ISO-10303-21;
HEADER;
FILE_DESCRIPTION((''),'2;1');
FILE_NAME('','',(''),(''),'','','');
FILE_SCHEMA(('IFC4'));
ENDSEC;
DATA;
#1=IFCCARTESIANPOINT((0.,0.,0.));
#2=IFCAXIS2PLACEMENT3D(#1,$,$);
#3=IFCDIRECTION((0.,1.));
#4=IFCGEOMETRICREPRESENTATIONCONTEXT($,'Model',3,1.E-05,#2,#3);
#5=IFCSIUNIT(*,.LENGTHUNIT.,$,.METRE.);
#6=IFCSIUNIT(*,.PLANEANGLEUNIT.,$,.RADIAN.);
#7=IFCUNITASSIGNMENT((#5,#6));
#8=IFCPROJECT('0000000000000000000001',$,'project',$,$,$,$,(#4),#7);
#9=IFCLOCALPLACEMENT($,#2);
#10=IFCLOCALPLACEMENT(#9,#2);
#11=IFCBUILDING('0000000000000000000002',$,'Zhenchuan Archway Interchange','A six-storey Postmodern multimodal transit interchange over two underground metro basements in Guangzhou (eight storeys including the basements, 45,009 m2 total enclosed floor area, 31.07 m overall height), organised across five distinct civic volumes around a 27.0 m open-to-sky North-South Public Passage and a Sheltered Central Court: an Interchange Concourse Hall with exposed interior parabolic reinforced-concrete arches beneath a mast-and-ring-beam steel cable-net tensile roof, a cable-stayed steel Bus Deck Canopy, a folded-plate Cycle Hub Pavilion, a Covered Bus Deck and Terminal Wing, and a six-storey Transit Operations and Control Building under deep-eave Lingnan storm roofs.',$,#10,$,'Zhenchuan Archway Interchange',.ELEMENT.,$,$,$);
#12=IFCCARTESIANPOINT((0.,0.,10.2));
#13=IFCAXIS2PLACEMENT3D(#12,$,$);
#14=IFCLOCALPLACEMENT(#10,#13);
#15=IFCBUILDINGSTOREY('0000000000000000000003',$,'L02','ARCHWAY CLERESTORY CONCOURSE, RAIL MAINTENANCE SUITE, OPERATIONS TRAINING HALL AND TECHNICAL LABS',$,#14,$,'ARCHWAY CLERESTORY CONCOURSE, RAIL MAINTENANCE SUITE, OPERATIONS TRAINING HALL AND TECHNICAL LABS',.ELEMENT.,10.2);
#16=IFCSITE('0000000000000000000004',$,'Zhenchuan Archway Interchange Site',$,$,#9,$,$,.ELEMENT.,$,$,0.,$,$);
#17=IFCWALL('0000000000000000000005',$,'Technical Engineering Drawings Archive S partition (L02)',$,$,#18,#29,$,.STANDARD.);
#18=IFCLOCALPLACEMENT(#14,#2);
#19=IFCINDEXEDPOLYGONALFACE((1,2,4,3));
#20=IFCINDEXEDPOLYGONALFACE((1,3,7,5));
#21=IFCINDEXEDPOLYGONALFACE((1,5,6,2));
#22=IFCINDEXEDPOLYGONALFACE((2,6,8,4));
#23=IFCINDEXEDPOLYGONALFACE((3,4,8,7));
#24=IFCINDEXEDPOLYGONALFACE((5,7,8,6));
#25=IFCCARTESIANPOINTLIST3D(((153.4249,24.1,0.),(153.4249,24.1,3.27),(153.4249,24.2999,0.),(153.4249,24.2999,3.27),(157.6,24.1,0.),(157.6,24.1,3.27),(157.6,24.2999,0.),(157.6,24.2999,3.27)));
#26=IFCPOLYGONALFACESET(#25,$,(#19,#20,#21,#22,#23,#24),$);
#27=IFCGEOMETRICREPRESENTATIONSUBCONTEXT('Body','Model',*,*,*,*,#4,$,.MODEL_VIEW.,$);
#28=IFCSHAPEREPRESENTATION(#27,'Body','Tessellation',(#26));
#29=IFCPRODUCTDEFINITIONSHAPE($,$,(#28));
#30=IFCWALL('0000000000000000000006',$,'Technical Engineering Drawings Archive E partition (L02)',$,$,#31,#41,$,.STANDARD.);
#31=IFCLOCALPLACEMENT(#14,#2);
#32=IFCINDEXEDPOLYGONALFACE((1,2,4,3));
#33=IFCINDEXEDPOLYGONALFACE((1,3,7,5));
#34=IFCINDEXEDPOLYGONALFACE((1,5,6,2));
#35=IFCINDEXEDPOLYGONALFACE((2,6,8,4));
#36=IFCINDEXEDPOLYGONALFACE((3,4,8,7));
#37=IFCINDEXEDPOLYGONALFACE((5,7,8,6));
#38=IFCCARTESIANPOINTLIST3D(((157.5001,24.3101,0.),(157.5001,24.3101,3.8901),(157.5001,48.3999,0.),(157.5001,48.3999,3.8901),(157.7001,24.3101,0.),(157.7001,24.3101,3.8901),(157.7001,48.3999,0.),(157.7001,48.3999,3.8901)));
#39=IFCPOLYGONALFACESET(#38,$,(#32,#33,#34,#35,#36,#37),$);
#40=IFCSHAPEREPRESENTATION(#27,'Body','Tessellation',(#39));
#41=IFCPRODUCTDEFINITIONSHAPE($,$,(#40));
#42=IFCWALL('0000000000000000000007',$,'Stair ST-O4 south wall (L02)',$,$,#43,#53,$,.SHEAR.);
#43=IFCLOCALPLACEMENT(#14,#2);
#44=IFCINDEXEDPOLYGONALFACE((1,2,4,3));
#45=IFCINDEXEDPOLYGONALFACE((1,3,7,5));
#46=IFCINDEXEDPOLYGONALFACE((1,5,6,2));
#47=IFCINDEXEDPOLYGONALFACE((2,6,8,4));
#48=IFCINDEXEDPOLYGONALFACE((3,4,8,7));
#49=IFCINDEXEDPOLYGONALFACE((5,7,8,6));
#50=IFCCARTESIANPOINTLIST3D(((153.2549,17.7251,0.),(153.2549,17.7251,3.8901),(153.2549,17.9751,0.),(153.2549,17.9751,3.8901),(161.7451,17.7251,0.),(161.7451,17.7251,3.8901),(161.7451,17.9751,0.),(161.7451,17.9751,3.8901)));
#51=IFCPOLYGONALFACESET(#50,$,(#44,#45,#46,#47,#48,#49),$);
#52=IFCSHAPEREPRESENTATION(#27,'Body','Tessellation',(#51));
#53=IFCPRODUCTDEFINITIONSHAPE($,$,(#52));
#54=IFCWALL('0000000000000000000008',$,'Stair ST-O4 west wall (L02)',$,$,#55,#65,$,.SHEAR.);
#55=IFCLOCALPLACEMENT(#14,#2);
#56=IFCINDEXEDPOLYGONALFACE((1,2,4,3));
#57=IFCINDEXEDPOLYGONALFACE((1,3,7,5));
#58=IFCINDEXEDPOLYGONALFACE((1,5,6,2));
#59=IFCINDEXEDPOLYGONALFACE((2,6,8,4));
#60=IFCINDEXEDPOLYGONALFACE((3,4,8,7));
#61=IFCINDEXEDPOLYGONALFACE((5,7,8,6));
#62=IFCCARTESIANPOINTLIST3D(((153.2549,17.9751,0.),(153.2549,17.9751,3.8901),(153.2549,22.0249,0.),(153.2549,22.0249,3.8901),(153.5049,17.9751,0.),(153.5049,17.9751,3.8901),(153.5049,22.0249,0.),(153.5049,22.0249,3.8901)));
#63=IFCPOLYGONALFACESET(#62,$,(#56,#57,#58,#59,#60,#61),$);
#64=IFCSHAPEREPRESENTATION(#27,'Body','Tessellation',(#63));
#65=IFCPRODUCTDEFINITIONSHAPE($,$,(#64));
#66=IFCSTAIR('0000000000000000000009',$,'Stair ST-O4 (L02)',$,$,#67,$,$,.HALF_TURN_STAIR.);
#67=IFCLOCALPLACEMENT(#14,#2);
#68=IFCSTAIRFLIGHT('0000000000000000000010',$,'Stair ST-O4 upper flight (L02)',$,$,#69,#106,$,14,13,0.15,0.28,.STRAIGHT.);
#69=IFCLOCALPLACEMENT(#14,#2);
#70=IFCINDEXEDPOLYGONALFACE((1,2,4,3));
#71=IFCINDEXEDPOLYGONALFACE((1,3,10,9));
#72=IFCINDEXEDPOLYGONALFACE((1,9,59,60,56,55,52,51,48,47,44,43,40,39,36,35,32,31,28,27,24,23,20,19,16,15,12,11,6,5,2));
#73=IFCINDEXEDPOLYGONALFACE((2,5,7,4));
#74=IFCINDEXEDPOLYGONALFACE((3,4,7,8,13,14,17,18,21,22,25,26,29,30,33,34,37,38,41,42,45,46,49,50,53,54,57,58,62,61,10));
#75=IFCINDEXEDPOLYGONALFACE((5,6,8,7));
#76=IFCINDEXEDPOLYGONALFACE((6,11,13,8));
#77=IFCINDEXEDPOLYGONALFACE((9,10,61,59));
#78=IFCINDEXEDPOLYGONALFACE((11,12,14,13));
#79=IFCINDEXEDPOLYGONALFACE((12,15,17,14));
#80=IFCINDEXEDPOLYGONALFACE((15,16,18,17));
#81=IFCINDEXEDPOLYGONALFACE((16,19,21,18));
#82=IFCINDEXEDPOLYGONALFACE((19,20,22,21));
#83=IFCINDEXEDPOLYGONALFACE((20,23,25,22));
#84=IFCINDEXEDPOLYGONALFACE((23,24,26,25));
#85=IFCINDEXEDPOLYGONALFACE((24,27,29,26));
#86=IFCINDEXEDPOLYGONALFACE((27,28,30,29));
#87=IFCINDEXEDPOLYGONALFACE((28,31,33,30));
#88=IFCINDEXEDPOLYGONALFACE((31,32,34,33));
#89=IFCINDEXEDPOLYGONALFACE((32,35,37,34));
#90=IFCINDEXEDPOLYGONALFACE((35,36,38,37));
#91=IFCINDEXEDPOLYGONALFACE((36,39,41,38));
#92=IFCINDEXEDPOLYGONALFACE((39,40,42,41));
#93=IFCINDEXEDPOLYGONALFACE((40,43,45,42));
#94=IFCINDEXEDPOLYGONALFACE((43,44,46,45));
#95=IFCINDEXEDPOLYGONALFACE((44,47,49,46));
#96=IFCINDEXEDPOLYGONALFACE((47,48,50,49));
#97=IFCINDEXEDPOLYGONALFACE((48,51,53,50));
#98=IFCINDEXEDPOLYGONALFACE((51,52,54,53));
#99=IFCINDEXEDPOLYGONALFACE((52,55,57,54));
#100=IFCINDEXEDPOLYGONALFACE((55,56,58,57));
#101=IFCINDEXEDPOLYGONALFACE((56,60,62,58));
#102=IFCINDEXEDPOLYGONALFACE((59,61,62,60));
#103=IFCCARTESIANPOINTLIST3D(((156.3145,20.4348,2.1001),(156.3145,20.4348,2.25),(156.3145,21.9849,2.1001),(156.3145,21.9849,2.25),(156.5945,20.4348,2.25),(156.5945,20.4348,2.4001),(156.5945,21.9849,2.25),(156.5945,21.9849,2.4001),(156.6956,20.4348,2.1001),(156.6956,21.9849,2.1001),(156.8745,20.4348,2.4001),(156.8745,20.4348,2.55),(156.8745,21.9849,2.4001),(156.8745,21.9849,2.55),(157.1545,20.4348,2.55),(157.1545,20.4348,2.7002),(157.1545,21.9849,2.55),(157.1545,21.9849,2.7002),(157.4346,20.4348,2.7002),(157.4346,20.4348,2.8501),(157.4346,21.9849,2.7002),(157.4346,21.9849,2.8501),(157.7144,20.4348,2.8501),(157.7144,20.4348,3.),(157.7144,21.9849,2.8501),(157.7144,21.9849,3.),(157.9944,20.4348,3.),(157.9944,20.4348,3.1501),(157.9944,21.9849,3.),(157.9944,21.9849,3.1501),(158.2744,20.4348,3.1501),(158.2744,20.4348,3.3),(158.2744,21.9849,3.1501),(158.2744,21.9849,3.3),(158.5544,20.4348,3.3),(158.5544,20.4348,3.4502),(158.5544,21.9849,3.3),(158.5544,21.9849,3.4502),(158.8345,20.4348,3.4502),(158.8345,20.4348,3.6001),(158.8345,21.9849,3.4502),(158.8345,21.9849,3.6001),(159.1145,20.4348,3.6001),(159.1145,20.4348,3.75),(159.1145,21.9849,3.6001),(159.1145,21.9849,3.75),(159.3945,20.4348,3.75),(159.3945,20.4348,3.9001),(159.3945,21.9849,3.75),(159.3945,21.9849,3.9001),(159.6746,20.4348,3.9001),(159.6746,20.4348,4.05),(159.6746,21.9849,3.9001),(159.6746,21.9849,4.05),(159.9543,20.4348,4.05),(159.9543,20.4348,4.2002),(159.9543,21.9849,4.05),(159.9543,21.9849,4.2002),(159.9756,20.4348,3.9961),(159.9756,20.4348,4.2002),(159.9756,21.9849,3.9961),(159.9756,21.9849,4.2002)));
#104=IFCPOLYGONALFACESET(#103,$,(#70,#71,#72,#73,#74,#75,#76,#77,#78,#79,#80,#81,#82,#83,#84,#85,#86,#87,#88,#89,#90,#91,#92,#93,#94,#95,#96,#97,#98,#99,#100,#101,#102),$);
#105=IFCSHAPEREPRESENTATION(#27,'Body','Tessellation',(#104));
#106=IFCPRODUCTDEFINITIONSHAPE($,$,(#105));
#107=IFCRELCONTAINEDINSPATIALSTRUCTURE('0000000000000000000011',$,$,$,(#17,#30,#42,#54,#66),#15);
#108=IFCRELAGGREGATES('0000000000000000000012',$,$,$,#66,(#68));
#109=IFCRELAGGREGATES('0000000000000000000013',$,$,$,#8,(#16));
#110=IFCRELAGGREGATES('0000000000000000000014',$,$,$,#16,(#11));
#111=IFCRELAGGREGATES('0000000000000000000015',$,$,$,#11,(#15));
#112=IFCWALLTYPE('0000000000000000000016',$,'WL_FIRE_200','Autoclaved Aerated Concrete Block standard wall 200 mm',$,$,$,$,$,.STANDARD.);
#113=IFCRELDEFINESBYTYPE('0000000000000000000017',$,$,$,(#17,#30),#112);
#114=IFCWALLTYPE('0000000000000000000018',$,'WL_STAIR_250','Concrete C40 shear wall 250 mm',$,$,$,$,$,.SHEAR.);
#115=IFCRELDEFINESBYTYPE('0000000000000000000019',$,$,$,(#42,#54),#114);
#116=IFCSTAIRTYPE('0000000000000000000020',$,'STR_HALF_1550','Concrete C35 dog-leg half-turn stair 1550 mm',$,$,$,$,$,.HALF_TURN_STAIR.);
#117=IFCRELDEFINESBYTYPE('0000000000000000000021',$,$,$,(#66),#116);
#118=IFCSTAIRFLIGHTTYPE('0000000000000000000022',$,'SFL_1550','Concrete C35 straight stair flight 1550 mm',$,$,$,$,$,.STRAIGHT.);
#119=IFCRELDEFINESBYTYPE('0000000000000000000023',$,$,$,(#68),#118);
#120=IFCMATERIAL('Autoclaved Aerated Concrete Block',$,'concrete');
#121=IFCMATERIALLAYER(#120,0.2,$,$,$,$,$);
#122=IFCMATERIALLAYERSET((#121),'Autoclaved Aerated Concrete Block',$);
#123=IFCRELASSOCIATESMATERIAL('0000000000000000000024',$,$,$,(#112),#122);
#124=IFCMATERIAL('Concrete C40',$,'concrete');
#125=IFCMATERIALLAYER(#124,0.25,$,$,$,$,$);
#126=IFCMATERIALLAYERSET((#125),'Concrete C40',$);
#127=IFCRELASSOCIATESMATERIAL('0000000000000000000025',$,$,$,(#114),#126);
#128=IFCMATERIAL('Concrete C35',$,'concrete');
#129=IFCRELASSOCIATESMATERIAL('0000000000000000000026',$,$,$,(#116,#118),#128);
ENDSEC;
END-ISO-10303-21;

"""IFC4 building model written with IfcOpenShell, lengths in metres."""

from ifc_helpers import new_model, si_unit, direction, frame, frame_2d, origin, place, context, subcontext, project, spatial, polyline, rectangle, outline, extrude, material, layer, layer_set, type_object, element, aggregate, save


model = new_model("IFC4")

# Units and contexts
model_context = context("Model", 3, precision=1e-05, world=origin(), true_north=direction((0.0, 1.0)))
body_context = subcontext(model_context, "Body", "Model", "MODEL_VIEW")
ifc_project = project(units=[si_unit("LENGTHUNIT", "METRE"), si_unit("PLANEANGLEUNIT", "RADIAN")], contexts=[model_context])

# Site, building, storey
site_placement = place(None, origin())
site = spatial("IfcSite", under=ifc_project, at=site_placement, Name="Zhenchuan Archway Interchange Site", CompositionType="ELEMENT", RefElevation=0.0)
building_placement = place(site_placement, origin())
building = spatial("IfcBuilding", under=site, at=building_placement, Name="Zhenchuan Archway Interchange", Description="A six-storey Postmodern multimodal transit interchange over two underground metro basements in Guangzhou (eight storeys including the basements, 45,009 m2 total enclosed floor area, 31.07 m overall height), organised across five distinct civic volumes around a 27.0 m open-to-sky North-South Public Passage and a Sheltered Central Court: an Interchange Concourse Hall with exposed interior parabolic reinforced-concrete arches beneath a mast-and-ring-beam steel cable-net tensile roof, a cable-stayed steel Bus Deck Canopy, a folded-plate Cycle Hub Pavilion, a Covered Bus Deck and Terminal Wing, and a six-storey Transit Operations and Control Building under deep-eave Lingnan storm roofs.", LongName="Zhenchuan Archway Interchange", CompositionType="ELEMENT")
storey_placement = place(building_placement, frame((0.0, 0.0, 10.2)))
storey = spatial("IfcBuildingStorey", under=building, at=storey_placement, Name="L02", Description="ARCHWAY CLERESTORY CONCOURSE, RAIL MAINTENANCE SUITE, OPERATIONS TRAINING HALL AND TECHNICAL LABS", LongName="ARCHWAY CLERESTORY CONCOURSE, RAIL MAINTENANCE SUITE, OPERATIONS TRAINING HALL AND TECHNICAL LABS", CompositionType="ELEMENT", Elevation=10.2)

# Shared definitions
ifc_material_1 = material(Name="Concrete C40", Category="concrete")

# Walls
ifc_material_2 = material(Name="Autoclaved Aerated Concrete Block", Category="concrete")
ifc_layer_1 = layer(ifc_material_2, 0.2)
ifc_layer_set_1 = layer_set([ifc_layer_1], Name="Autoclaved Aerated Concrete Block")
wall_type_1 = type_object("IfcWallType", Name="WL_FIRE_200", Description="Autoclaved Aerated Concrete Block standard wall 200 mm", PredefinedType="STANDARD", material=ifc_layer_set_1)
wall_1_placement = place(storey_placement, frame((153.425, 24.2, 0.0), z_axis=(0.0, 0.0, 1.0), x_axis=(1.0, 0.0, 0.0)))
element("IfcWall", 1, at=wall_1_placement, inside=storey, type_object=wall_type_1, Name="Technical Engineering Drawings Archive S partition (L02)", PredefinedType="STANDARD", context=body_context, shape_type="SweptSolid", body=[
    extrude(rectangle(XDim=4.175, YDim=0.2, at=frame_2d((2.0874, 0.0))), origin(), (0.0, 0.0, 1.0), 3.27),
])
wall_2_placement = place(storey_placement, frame((157.6001, 24.3101, 0.0), z_axis=(0.0, 0.0, 1.0), x_axis=(0.0, 1.0, 0.0)))
element("IfcWall", 2, at=wall_2_placement, inside=storey, type_object=wall_type_1, Name="Technical Engineering Drawings Archive E partition (L02)", PredefinedType="STANDARD", context=body_context, shape_type="SweptSolid", body=[
    extrude(rectangle(XDim=24.0898, YDim=0.2, at=frame_2d((12.0449, 0.0))), origin(), (0.0, 0.0, 1.0), 3.8901),
])
ifc_layer_2 = layer(ifc_material_1, 0.25)
ifc_layer_set_2 = layer_set([ifc_layer_2], Name="Concrete C40")
wall_type_2 = type_object("IfcWallType", Name="WL_STAIR_250", Description="Concrete C40 shear wall 250 mm", PredefinedType="SHEAR", material=ifc_layer_set_2)
wall_3_placement = place(storey_placement, frame((153.2549, 17.8501, 0.0), z_axis=(0.0, 0.0, 1.0), x_axis=(1.0, 0.0, 0.0)))
element("IfcWall", 3, at=wall_3_placement, inside=storey, type_object=wall_type_2, Name="Stair ST-O4 south wall (L02)", PredefinedType="SHEAR", context=body_context, shape_type="SweptSolid", body=[
    extrude(rectangle(XDim=8.4902, YDim=0.25, at=frame_2d((4.2451, 0.0))), origin(), (0.0, 0.0, 1.0), 3.8901),
])
wall_4_placement = place(storey_placement, frame((153.3799, 22.0249, 0.0), z_axis=(0.0, 0.0, 1.0), x_axis=(0.0, -1.0, 0.0)))
element("IfcWall", 4, at=wall_4_placement, inside=storey, type_object=wall_type_2, Name="Stair ST-O4 west wall (L02)", PredefinedType="SHEAR", context=body_context, shape_type="SweptSolid", body=[
    extrude(rectangle(XDim=4.0498, YDim=0.25, at=frame_2d((2.0249, 0.0))), origin(), (0.0, 0.0, 1.0), 3.8901),
])

# Stair, stair flight
ifc_material_3 = material(Name="Concrete C35", Category="concrete")
stair_type = type_object("IfcStairType", Name="STR_HALF_1550", Description="Concrete C35 dog-leg half-turn stair 1550 mm", PredefinedType="HALF_TURN_STAIR", material=ifc_material_3)
stair_placement = place(storey_placement, origin())
stair = element("IfcStair", 5, at=stair_placement, inside=storey, type_object=stair_type, Name="Stair ST-O4 (L02)", PredefinedType="HALF_TURN_STAIR")
stair_flight_type = type_object("IfcStairFlightType", Name="SFL_1550", Description="Concrete C35 straight stair flight 1550 mm", PredefinedType="STRAIGHT", material=ifc_material_3)
stair_flight_placement = place(storey_placement, frame((156.3145, 21.21, 2.1001), z_axis=(0.0, 0.0, 1.0), x_axis=(1.0, 0.0, 0.0)))
stair_flight = element("IfcStairFlight", 6, at=stair_flight_placement, type_object=stair_flight_type, Name="Stair ST-O4 upper flight (L02)", NumberOfRisers=14, NumberOfTreads=13, PredefinedType="STRAIGHT", RiserHeight=0.15, TreadLength=0.28, context=body_context, shape_type="SweptSolid", body=[
    extrude(outline(polyline([(0.0, 0.0), (0.0, 0.1499), (0.28, 0.1499), (0.28, 0.3), (0.5601, 0.3), (0.5601, 0.45), (0.8401, 0.45), (0.8401, 0.6001), (1.1201, 0.6001), (1.1201, 0.75), (1.3999, 0.75), (1.3999, 0.8999), (1.6799, 0.8999), (1.6799, 1.05), (1.96, 1.05), (1.96, 1.2), (2.24, 1.2), (2.24, 1.3501), (2.52, 1.3501), (2.52, 1.5), (2.8, 1.5), (2.8, 1.6499), (3.0801, 1.6499), (3.0801, 1.8), (3.3601, 1.8), (3.3601, 1.95), (3.6399, 1.95), (3.6399, 2.1001), (3.6611, 2.1001), (3.6611, 1.896), (0.3811, 0.0), (0.0, 0.0)])), frame((0.0, 0.7749, 0.0), z_axis=(0.0, -1.0, 0.0), x_axis=(1.0, 0.0, 0.0)), (0.0, 0.0, 1.0), 1.55),
])
aggregate(stair, [stair_flight])

save(model, "model.ifc")
